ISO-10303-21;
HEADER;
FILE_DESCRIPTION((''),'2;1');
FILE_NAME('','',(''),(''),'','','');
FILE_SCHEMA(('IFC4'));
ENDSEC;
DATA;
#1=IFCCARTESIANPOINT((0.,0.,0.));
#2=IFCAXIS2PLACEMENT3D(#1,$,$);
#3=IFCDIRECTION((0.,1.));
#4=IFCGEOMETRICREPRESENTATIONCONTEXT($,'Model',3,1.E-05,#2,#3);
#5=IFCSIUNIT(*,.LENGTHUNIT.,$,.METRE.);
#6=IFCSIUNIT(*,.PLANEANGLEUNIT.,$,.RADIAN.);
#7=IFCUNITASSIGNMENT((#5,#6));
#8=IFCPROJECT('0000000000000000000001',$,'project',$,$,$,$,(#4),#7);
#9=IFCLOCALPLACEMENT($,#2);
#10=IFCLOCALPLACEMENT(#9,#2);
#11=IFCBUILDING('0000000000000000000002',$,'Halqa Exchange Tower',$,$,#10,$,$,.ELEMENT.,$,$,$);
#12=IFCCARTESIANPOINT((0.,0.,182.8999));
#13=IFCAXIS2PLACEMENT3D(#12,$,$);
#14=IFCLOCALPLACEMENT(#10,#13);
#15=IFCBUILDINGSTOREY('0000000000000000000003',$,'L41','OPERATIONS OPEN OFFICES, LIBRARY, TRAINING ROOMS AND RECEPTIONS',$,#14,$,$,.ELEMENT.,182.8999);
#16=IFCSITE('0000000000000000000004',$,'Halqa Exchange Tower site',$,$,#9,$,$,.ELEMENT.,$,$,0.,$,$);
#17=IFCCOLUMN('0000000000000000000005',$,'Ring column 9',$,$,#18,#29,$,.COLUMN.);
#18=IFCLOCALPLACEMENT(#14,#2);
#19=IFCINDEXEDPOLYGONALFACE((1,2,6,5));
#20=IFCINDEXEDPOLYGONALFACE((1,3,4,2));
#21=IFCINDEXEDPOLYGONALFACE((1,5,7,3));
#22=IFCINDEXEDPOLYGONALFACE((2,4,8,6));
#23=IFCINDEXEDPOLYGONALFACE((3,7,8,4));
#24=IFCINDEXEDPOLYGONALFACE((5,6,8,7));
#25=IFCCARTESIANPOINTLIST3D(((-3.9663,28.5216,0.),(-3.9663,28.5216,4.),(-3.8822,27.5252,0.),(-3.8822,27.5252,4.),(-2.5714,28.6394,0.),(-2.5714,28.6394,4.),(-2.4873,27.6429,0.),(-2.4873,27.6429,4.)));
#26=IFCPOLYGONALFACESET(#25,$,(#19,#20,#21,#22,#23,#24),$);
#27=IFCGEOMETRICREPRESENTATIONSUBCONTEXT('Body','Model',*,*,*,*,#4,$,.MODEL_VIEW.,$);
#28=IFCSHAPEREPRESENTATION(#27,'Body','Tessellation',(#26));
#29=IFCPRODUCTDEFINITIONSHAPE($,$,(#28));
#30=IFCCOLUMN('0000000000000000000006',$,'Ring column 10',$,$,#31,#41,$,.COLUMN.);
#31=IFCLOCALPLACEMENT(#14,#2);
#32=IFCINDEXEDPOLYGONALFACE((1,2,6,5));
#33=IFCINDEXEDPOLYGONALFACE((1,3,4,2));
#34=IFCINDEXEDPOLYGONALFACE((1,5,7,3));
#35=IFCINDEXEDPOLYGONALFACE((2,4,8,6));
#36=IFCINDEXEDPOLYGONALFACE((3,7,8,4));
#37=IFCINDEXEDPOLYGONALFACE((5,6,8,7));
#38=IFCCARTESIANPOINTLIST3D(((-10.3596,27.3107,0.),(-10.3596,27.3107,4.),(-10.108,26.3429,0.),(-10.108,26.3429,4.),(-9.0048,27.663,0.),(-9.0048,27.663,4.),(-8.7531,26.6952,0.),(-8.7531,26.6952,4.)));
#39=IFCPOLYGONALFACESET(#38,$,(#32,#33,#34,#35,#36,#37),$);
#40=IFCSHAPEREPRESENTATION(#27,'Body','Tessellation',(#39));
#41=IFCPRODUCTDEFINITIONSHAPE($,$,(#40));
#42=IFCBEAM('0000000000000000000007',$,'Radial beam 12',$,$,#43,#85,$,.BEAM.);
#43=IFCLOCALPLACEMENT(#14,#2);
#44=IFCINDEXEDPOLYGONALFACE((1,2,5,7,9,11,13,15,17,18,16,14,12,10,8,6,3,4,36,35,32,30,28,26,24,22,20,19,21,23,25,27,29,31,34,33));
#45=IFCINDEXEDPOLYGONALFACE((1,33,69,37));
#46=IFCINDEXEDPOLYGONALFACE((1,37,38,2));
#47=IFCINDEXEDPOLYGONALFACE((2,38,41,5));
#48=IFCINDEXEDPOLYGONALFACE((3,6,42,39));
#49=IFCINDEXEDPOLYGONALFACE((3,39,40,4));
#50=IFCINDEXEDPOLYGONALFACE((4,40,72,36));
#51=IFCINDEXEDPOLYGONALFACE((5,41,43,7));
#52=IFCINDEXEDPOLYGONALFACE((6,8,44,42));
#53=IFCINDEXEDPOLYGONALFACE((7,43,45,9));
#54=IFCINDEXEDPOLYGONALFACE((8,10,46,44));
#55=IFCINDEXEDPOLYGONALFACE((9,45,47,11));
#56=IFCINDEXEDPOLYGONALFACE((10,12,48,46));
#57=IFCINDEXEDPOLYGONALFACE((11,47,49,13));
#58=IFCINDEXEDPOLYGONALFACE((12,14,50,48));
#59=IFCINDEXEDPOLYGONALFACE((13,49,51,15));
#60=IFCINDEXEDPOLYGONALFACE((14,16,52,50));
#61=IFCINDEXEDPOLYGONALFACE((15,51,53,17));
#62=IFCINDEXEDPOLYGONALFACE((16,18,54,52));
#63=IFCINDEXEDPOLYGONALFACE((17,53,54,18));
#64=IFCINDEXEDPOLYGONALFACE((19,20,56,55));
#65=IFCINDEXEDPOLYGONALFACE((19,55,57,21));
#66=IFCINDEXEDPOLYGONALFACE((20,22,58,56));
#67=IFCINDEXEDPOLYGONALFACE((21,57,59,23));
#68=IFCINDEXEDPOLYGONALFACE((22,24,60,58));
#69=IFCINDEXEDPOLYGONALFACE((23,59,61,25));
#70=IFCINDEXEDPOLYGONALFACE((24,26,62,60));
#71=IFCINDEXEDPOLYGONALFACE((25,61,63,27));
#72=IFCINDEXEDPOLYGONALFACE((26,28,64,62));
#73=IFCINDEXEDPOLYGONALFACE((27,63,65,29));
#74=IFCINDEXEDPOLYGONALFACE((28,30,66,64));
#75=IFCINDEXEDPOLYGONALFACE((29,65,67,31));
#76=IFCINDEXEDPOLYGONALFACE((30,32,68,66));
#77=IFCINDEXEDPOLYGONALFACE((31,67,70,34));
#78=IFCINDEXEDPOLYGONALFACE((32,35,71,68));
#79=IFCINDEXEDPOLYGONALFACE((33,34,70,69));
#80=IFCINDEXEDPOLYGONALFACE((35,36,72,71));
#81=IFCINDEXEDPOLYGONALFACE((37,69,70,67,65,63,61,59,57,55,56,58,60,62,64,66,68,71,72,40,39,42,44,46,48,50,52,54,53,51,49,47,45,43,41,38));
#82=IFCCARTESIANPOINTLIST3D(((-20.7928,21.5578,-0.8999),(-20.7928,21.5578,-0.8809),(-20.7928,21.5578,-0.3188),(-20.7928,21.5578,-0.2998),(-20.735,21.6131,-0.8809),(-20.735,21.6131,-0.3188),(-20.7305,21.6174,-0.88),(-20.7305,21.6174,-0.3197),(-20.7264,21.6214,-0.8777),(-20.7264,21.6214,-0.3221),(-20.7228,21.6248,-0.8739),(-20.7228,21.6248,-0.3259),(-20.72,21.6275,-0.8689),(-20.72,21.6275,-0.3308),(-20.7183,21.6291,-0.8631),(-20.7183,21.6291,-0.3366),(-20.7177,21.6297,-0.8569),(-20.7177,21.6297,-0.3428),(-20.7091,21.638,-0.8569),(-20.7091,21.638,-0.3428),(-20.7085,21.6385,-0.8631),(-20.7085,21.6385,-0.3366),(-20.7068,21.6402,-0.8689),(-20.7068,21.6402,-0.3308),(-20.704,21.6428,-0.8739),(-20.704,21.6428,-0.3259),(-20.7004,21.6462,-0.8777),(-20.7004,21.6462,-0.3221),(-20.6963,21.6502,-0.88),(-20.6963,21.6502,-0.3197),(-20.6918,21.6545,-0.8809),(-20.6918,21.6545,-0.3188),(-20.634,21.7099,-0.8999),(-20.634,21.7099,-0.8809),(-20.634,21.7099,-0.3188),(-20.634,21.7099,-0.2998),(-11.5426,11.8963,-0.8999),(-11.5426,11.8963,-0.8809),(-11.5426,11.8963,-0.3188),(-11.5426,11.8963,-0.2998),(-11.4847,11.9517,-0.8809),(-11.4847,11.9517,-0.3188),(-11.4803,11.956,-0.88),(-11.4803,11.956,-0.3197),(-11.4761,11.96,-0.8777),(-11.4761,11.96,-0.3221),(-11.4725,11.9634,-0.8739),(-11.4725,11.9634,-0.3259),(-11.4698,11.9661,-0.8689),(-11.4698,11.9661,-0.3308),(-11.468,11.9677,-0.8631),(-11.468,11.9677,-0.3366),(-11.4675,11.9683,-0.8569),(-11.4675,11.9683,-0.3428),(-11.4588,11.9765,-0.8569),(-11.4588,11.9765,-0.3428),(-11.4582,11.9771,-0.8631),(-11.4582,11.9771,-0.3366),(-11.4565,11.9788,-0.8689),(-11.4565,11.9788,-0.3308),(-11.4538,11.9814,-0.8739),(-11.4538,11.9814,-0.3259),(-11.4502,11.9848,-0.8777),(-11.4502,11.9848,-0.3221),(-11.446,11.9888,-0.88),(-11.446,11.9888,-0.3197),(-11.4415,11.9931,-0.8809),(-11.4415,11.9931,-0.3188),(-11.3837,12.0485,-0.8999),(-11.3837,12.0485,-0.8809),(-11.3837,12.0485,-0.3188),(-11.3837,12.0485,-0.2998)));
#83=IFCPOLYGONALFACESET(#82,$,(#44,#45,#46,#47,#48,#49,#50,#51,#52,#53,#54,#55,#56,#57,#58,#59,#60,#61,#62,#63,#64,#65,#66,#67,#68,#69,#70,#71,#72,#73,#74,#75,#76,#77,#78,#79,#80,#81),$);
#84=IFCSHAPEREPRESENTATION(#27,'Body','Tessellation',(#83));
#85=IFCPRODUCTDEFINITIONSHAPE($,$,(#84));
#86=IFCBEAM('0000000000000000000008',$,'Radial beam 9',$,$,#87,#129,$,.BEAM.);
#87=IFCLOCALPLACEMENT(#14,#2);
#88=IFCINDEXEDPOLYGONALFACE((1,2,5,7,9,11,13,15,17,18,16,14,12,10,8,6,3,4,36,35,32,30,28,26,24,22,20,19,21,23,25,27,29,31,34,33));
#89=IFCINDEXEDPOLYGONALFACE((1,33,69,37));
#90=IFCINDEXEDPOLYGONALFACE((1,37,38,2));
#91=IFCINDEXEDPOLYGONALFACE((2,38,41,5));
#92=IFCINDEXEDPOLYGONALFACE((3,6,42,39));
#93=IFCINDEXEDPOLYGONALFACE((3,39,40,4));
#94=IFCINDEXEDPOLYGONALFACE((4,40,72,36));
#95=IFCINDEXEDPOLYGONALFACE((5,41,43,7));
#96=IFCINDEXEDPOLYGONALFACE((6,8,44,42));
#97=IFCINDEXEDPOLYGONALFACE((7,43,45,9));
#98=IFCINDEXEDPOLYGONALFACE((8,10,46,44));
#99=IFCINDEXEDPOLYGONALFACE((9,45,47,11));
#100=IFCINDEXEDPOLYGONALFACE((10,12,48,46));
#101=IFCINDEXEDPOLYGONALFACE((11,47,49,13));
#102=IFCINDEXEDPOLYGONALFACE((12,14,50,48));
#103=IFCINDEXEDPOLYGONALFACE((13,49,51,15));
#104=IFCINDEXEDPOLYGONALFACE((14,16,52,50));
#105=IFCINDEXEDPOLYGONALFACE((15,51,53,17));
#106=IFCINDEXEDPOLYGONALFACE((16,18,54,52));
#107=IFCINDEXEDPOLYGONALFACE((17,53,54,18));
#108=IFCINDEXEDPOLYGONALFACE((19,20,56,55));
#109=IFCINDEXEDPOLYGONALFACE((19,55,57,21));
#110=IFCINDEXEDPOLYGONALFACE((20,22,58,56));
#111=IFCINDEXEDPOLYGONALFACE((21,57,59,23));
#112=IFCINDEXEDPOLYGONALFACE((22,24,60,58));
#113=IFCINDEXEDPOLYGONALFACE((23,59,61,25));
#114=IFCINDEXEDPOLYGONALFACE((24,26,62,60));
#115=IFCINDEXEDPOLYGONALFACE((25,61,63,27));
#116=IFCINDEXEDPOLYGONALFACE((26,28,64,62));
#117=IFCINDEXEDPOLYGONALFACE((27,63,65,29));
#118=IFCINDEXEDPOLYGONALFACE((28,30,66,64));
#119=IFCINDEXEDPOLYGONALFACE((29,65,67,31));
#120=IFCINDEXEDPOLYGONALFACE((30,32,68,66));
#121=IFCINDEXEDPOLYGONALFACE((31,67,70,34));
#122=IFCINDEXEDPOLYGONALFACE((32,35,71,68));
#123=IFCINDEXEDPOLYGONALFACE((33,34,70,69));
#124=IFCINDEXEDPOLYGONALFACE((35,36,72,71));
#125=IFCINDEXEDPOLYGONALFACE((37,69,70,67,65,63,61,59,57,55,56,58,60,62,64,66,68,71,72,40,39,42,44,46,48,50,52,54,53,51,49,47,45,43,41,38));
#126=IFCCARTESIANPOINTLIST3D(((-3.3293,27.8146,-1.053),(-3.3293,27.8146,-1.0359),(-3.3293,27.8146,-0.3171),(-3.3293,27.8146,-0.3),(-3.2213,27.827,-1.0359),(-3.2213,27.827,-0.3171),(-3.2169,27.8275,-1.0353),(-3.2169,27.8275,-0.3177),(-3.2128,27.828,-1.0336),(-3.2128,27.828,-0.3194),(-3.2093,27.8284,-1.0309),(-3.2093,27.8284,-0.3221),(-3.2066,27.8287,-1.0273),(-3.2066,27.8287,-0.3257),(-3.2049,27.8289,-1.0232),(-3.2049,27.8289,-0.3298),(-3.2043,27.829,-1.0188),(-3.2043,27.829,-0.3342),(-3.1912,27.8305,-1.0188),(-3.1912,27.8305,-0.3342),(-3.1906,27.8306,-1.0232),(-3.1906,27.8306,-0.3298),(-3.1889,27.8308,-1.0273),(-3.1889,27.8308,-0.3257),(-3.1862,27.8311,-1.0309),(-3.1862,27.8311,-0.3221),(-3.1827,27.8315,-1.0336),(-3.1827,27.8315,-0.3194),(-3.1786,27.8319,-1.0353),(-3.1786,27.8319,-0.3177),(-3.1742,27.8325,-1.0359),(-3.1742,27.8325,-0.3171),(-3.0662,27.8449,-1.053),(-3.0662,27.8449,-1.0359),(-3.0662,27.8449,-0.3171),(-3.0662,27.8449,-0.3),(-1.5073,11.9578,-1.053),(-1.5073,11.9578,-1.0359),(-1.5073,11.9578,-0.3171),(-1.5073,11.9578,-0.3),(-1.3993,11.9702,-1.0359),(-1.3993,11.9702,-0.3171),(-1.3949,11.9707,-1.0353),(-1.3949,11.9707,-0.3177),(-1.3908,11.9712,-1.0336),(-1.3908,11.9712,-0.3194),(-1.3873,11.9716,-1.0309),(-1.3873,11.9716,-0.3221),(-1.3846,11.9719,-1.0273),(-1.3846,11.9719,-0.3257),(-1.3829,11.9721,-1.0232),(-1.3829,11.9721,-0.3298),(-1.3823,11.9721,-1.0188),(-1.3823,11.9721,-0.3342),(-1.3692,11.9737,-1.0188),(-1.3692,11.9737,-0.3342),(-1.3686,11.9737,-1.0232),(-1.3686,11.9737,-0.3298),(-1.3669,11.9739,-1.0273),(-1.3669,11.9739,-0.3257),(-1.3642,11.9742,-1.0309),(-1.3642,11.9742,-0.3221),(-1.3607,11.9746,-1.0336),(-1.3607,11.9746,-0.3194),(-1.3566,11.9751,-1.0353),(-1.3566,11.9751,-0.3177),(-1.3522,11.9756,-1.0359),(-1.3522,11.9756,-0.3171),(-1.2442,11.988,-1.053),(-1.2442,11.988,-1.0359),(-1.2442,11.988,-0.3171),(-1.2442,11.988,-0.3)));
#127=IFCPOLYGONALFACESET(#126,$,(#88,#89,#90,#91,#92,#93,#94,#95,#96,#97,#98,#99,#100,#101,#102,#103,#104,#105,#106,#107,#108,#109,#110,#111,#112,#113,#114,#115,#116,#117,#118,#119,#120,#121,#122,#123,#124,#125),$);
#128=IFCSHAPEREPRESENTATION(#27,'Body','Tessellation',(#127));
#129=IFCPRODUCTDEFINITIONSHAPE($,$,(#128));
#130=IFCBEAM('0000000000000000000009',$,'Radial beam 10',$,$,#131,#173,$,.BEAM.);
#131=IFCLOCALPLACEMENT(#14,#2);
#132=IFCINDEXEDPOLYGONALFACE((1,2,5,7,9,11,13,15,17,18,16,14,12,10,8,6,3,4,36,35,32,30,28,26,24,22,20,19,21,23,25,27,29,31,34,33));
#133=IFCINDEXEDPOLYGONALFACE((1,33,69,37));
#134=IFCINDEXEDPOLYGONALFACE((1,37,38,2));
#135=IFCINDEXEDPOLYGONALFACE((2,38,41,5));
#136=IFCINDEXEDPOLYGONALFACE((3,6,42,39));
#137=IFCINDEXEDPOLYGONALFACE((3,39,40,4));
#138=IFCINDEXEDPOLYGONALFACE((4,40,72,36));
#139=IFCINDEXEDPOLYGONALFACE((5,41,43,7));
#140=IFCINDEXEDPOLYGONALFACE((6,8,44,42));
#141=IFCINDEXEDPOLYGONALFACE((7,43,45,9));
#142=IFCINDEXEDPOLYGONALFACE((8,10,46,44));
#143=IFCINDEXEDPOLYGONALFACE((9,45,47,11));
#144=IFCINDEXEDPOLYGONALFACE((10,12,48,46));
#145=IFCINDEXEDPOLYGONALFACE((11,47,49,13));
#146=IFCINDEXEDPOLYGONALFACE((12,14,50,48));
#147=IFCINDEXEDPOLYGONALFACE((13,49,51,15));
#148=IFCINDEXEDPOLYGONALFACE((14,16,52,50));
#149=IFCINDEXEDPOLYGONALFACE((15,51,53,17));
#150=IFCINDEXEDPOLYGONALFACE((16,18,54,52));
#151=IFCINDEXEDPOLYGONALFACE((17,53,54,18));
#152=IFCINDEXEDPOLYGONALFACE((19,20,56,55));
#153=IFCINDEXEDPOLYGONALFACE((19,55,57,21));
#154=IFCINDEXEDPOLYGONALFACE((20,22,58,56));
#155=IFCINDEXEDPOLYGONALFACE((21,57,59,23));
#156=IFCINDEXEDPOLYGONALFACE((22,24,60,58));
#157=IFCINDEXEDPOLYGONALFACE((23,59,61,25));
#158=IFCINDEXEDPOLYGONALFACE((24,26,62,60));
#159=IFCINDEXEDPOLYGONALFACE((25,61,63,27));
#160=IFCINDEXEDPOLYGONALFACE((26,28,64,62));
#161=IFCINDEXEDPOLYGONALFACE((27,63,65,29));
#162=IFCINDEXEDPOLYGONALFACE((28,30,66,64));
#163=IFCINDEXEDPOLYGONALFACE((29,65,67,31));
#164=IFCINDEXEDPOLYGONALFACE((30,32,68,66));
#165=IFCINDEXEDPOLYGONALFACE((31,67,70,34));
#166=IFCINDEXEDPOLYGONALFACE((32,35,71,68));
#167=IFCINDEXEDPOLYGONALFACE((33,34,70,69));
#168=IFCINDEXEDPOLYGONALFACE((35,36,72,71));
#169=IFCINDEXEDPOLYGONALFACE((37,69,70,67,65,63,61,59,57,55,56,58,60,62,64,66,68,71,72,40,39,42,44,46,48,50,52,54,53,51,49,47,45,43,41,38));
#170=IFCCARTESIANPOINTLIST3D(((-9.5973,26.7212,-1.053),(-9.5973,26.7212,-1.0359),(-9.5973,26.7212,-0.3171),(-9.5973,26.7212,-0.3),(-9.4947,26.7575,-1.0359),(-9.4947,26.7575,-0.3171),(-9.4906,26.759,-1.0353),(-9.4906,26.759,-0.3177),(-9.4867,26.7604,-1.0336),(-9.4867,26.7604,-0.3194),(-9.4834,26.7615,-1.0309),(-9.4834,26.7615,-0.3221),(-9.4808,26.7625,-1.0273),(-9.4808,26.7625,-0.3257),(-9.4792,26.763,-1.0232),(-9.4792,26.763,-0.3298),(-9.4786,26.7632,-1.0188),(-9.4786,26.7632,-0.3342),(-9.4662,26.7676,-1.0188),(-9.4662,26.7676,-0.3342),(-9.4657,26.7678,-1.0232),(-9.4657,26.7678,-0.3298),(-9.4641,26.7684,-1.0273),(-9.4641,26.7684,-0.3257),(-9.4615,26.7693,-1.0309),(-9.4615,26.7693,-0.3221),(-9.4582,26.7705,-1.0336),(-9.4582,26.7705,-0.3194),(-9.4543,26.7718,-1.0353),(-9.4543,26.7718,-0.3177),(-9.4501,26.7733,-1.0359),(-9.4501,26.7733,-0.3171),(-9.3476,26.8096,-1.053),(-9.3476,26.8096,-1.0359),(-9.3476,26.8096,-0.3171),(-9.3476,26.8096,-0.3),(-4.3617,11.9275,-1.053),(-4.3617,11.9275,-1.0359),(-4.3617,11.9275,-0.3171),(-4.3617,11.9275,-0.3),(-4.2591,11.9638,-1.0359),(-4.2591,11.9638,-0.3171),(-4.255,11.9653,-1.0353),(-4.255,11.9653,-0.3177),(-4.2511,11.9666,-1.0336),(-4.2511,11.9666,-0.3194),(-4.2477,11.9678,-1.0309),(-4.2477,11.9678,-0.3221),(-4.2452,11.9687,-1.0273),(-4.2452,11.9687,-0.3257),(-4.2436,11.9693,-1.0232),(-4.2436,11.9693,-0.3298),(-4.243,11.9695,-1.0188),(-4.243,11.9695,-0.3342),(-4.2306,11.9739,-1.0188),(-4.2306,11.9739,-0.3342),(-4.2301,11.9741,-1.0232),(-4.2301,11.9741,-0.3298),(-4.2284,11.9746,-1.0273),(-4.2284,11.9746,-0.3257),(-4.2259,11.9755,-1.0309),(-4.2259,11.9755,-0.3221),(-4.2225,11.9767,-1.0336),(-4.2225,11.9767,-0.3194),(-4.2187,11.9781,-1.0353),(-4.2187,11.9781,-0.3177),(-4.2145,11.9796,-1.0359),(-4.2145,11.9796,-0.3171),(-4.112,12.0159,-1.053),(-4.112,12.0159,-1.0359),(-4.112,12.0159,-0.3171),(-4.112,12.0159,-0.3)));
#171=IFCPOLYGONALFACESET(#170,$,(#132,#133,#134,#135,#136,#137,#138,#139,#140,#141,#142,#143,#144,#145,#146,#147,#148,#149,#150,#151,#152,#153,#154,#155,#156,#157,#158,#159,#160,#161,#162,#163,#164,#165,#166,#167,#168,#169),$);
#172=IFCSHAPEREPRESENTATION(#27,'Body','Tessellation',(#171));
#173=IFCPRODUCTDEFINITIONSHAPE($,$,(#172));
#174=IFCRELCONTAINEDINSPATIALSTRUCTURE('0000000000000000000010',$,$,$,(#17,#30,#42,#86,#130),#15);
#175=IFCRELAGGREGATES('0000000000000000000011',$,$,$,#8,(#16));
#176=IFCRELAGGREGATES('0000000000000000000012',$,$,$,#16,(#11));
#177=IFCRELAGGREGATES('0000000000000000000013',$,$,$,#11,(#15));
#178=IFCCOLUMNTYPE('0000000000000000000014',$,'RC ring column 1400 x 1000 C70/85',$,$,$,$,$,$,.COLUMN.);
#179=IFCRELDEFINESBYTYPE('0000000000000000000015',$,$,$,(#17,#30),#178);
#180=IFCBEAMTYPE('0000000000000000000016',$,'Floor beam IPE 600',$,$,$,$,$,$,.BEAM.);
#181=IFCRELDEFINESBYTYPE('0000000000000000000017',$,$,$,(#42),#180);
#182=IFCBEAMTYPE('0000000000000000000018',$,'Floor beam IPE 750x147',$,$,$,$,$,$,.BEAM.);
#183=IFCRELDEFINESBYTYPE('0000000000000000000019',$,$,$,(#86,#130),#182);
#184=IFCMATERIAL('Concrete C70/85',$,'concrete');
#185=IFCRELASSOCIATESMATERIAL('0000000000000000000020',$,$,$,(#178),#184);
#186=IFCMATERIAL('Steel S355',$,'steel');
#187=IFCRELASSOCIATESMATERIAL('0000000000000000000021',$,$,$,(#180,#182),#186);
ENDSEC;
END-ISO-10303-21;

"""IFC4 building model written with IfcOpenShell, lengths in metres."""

from ifc_helpers import new_model, si_unit, direction, frame, origin, origin_2d, place, context, subcontext, project, spatial, rectangle, i_section, extrude, material, material_profile, profile_set, type_object, element, save


model = new_model("IFC4")

# Units and contexts
model_context = context("Model", 3, precision=1e-05, world=origin(), true_north=direction((0.0, 1.0)))
body_context = subcontext(model_context, "Body", "Model", "MODEL_VIEW")
ifc_project = project(units=[si_unit("LENGTHUNIT", "METRE"), si_unit("PLANEANGLEUNIT", "RADIAN")], contexts=[model_context])

# Site, building, storey
site_placement = place(None, origin())
site = spatial("IfcSite", under=ifc_project, at=site_placement, Name="Halqa Exchange Tower site", CompositionType="ELEMENT", RefElevation=0.0)
building_placement = place(site_placement, origin())
building = spatial("IfcBuilding", under=site, at=building_placement, Name="Halqa Exchange Tower", CompositionType="ELEMENT")
storey_placement = place(building_placement, frame((0.0, 0.0, 182.8999)))
storey = spatial("IfcBuildingStorey", under=building, at=storey_placement, Name="L41", Description="OPERATIONS OPEN OFFICES, LIBRARY, TRAINING ROOMS AND RECEPTIONS", CompositionType="ELEMENT", Elevation=182.8999)

# Columns
ifc_material_1 = material(Name="Concrete C70/85", Category="concrete")
ifc_material_profile_1 = material_profile(ifc_material_1, rectangle(XDim=1.3999, YDim=1.0, at=origin_2d()), Name="1400 x 1000")
ifc_profile_set_1 = profile_set([ifc_material_profile_1], Name="Concrete C70/85")
column_type = type_object("IfcColumnType", Name="RC ring column 1400 x 1000 C70/85", PredefinedType="COLUMN", material=ifc_profile_set_1)
for number, where, z_axis, x_axis, name in (
    (1, (-3.2268, 28.0823, 0.0), (0.0, 0.0, 1.0), (-0.996455, -0.084123, 0.0), "Ring column 9"),
    (2, (-9.5564, 27.0029, 0.0), (0.0, 0.0, 1.0), (-0.96782, -0.251645, 0.0), "Ring column 10"),
):
    element("IfcColumn", number, at=place(storey_placement, frame(where, z_axis=z_axis, x_axis=x_axis)), inside=storey, type_object=column_type, Name=name, PredefinedType="COLUMN", context=body_context, shape_type="SweptSolid", body=[
        extrude(rectangle(XDim=1.3999, YDim=1.0, at=origin_2d()), origin(), (0.0, 0.0, 1.0), 4.0),
    ])

# Beams
ifc_material_2 = material(Name="Steel S355", Category="steel")
ifc_material_profile_2 = material_profile(ifc_material_2, i_section(OverallWidth=0.22, OverallDepth=0.6001, WebThickness=0.012, FlangeThickness=0.019, FilletRadius=0.0239, at=origin_2d()), Name="IPE 600")
ifc_profile_set_2 = profile_set([ifc_material_profile_2], Name="Steel S355")
beam_type_1 = type_object("IfcBeamType", Name="Floor beam IPE 600", PredefinedType="BEAM", material=ifc_profile_set_2)
beam_1_placement = place(storey_placement, frame((-11.4631, 11.9724, -0.5999), z_axis=(-0.691571, 0.722308, 0.0), x_axis=(-0.722308, -0.691571, 0.0)))
element("IfcBeam", 3, at=beam_1_placement, inside=storey, type_object=beam_type_1, Name="Radial beam 12", PredefinedType="BEAM", context=body_context, shape_type="SweptSolid", body=[
    extrude(i_section(OverallWidth=0.22, OverallDepth=0.6001, WebThickness=0.012, FlangeThickness=0.019, FilletRadius=0.0239, at=origin_2d()), origin(), (0.0, 0.0, 1.0), 13.3757),
])
ifc_material_profile_3 = material_profile(ifc_material_2, i_section(OverallWidth=0.2649, OverallDepth=0.7529, WebThickness=0.0132, FlangeThickness=0.0171, FilletRadius=0.0171, at=origin_2d()), Name="IPE 750x147")
ifc_profile_set_3 = profile_set([ifc_material_profile_3], Name="Steel S355")
beam_type_2 = type_object("IfcBeamType", Name="Floor beam IPE 750x147", PredefinedType="BEAM", material=ifc_profile_set_3)
beam_2_placement = place(storey_placement, frame((-1.3757, 11.9729, -0.6765), z_axis=(-0.114153, 0.993463, 0.0), x_axis=(-0.993463, -0.114153, 0.0)))
element("IfcBeam", 4, at=beam_2_placement, inside=storey, type_object=beam_type_2, Name="Radial beam 9", PredefinedType="BEAM", context=body_context, shape_type="SweptSolid", body=[
    extrude(i_section(OverallWidth=0.2649, OverallDepth=0.7529, WebThickness=0.0132, FlangeThickness=0.0171, FilletRadius=0.0171, at=origin_2d()), origin(), (0.0, 0.0, 1.0), 15.9612),
])
beam_3_placement = place(storey_placement, frame((-4.2368, 11.9717, -0.6765), z_axis=(-0.33363, 0.942704, 0.0), x_axis=(-0.942704, -0.33363, 0.0)))
element("IfcBeam", 5, at=beam_3_placement, inside=storey, type_object=beam_type_2, Name="Radial beam 10", PredefinedType="BEAM", context=body_context, shape_type="SweptSolid", body=[
    extrude(i_section(OverallWidth=0.2649, OverallDepth=0.7529, WebThickness=0.0132, FlangeThickness=0.0171, FilletRadius=0.0171, at=origin_2d()), origin(), (0.0, 0.0, 1.0), 15.6929),
])

save(model, "model.ifc")
